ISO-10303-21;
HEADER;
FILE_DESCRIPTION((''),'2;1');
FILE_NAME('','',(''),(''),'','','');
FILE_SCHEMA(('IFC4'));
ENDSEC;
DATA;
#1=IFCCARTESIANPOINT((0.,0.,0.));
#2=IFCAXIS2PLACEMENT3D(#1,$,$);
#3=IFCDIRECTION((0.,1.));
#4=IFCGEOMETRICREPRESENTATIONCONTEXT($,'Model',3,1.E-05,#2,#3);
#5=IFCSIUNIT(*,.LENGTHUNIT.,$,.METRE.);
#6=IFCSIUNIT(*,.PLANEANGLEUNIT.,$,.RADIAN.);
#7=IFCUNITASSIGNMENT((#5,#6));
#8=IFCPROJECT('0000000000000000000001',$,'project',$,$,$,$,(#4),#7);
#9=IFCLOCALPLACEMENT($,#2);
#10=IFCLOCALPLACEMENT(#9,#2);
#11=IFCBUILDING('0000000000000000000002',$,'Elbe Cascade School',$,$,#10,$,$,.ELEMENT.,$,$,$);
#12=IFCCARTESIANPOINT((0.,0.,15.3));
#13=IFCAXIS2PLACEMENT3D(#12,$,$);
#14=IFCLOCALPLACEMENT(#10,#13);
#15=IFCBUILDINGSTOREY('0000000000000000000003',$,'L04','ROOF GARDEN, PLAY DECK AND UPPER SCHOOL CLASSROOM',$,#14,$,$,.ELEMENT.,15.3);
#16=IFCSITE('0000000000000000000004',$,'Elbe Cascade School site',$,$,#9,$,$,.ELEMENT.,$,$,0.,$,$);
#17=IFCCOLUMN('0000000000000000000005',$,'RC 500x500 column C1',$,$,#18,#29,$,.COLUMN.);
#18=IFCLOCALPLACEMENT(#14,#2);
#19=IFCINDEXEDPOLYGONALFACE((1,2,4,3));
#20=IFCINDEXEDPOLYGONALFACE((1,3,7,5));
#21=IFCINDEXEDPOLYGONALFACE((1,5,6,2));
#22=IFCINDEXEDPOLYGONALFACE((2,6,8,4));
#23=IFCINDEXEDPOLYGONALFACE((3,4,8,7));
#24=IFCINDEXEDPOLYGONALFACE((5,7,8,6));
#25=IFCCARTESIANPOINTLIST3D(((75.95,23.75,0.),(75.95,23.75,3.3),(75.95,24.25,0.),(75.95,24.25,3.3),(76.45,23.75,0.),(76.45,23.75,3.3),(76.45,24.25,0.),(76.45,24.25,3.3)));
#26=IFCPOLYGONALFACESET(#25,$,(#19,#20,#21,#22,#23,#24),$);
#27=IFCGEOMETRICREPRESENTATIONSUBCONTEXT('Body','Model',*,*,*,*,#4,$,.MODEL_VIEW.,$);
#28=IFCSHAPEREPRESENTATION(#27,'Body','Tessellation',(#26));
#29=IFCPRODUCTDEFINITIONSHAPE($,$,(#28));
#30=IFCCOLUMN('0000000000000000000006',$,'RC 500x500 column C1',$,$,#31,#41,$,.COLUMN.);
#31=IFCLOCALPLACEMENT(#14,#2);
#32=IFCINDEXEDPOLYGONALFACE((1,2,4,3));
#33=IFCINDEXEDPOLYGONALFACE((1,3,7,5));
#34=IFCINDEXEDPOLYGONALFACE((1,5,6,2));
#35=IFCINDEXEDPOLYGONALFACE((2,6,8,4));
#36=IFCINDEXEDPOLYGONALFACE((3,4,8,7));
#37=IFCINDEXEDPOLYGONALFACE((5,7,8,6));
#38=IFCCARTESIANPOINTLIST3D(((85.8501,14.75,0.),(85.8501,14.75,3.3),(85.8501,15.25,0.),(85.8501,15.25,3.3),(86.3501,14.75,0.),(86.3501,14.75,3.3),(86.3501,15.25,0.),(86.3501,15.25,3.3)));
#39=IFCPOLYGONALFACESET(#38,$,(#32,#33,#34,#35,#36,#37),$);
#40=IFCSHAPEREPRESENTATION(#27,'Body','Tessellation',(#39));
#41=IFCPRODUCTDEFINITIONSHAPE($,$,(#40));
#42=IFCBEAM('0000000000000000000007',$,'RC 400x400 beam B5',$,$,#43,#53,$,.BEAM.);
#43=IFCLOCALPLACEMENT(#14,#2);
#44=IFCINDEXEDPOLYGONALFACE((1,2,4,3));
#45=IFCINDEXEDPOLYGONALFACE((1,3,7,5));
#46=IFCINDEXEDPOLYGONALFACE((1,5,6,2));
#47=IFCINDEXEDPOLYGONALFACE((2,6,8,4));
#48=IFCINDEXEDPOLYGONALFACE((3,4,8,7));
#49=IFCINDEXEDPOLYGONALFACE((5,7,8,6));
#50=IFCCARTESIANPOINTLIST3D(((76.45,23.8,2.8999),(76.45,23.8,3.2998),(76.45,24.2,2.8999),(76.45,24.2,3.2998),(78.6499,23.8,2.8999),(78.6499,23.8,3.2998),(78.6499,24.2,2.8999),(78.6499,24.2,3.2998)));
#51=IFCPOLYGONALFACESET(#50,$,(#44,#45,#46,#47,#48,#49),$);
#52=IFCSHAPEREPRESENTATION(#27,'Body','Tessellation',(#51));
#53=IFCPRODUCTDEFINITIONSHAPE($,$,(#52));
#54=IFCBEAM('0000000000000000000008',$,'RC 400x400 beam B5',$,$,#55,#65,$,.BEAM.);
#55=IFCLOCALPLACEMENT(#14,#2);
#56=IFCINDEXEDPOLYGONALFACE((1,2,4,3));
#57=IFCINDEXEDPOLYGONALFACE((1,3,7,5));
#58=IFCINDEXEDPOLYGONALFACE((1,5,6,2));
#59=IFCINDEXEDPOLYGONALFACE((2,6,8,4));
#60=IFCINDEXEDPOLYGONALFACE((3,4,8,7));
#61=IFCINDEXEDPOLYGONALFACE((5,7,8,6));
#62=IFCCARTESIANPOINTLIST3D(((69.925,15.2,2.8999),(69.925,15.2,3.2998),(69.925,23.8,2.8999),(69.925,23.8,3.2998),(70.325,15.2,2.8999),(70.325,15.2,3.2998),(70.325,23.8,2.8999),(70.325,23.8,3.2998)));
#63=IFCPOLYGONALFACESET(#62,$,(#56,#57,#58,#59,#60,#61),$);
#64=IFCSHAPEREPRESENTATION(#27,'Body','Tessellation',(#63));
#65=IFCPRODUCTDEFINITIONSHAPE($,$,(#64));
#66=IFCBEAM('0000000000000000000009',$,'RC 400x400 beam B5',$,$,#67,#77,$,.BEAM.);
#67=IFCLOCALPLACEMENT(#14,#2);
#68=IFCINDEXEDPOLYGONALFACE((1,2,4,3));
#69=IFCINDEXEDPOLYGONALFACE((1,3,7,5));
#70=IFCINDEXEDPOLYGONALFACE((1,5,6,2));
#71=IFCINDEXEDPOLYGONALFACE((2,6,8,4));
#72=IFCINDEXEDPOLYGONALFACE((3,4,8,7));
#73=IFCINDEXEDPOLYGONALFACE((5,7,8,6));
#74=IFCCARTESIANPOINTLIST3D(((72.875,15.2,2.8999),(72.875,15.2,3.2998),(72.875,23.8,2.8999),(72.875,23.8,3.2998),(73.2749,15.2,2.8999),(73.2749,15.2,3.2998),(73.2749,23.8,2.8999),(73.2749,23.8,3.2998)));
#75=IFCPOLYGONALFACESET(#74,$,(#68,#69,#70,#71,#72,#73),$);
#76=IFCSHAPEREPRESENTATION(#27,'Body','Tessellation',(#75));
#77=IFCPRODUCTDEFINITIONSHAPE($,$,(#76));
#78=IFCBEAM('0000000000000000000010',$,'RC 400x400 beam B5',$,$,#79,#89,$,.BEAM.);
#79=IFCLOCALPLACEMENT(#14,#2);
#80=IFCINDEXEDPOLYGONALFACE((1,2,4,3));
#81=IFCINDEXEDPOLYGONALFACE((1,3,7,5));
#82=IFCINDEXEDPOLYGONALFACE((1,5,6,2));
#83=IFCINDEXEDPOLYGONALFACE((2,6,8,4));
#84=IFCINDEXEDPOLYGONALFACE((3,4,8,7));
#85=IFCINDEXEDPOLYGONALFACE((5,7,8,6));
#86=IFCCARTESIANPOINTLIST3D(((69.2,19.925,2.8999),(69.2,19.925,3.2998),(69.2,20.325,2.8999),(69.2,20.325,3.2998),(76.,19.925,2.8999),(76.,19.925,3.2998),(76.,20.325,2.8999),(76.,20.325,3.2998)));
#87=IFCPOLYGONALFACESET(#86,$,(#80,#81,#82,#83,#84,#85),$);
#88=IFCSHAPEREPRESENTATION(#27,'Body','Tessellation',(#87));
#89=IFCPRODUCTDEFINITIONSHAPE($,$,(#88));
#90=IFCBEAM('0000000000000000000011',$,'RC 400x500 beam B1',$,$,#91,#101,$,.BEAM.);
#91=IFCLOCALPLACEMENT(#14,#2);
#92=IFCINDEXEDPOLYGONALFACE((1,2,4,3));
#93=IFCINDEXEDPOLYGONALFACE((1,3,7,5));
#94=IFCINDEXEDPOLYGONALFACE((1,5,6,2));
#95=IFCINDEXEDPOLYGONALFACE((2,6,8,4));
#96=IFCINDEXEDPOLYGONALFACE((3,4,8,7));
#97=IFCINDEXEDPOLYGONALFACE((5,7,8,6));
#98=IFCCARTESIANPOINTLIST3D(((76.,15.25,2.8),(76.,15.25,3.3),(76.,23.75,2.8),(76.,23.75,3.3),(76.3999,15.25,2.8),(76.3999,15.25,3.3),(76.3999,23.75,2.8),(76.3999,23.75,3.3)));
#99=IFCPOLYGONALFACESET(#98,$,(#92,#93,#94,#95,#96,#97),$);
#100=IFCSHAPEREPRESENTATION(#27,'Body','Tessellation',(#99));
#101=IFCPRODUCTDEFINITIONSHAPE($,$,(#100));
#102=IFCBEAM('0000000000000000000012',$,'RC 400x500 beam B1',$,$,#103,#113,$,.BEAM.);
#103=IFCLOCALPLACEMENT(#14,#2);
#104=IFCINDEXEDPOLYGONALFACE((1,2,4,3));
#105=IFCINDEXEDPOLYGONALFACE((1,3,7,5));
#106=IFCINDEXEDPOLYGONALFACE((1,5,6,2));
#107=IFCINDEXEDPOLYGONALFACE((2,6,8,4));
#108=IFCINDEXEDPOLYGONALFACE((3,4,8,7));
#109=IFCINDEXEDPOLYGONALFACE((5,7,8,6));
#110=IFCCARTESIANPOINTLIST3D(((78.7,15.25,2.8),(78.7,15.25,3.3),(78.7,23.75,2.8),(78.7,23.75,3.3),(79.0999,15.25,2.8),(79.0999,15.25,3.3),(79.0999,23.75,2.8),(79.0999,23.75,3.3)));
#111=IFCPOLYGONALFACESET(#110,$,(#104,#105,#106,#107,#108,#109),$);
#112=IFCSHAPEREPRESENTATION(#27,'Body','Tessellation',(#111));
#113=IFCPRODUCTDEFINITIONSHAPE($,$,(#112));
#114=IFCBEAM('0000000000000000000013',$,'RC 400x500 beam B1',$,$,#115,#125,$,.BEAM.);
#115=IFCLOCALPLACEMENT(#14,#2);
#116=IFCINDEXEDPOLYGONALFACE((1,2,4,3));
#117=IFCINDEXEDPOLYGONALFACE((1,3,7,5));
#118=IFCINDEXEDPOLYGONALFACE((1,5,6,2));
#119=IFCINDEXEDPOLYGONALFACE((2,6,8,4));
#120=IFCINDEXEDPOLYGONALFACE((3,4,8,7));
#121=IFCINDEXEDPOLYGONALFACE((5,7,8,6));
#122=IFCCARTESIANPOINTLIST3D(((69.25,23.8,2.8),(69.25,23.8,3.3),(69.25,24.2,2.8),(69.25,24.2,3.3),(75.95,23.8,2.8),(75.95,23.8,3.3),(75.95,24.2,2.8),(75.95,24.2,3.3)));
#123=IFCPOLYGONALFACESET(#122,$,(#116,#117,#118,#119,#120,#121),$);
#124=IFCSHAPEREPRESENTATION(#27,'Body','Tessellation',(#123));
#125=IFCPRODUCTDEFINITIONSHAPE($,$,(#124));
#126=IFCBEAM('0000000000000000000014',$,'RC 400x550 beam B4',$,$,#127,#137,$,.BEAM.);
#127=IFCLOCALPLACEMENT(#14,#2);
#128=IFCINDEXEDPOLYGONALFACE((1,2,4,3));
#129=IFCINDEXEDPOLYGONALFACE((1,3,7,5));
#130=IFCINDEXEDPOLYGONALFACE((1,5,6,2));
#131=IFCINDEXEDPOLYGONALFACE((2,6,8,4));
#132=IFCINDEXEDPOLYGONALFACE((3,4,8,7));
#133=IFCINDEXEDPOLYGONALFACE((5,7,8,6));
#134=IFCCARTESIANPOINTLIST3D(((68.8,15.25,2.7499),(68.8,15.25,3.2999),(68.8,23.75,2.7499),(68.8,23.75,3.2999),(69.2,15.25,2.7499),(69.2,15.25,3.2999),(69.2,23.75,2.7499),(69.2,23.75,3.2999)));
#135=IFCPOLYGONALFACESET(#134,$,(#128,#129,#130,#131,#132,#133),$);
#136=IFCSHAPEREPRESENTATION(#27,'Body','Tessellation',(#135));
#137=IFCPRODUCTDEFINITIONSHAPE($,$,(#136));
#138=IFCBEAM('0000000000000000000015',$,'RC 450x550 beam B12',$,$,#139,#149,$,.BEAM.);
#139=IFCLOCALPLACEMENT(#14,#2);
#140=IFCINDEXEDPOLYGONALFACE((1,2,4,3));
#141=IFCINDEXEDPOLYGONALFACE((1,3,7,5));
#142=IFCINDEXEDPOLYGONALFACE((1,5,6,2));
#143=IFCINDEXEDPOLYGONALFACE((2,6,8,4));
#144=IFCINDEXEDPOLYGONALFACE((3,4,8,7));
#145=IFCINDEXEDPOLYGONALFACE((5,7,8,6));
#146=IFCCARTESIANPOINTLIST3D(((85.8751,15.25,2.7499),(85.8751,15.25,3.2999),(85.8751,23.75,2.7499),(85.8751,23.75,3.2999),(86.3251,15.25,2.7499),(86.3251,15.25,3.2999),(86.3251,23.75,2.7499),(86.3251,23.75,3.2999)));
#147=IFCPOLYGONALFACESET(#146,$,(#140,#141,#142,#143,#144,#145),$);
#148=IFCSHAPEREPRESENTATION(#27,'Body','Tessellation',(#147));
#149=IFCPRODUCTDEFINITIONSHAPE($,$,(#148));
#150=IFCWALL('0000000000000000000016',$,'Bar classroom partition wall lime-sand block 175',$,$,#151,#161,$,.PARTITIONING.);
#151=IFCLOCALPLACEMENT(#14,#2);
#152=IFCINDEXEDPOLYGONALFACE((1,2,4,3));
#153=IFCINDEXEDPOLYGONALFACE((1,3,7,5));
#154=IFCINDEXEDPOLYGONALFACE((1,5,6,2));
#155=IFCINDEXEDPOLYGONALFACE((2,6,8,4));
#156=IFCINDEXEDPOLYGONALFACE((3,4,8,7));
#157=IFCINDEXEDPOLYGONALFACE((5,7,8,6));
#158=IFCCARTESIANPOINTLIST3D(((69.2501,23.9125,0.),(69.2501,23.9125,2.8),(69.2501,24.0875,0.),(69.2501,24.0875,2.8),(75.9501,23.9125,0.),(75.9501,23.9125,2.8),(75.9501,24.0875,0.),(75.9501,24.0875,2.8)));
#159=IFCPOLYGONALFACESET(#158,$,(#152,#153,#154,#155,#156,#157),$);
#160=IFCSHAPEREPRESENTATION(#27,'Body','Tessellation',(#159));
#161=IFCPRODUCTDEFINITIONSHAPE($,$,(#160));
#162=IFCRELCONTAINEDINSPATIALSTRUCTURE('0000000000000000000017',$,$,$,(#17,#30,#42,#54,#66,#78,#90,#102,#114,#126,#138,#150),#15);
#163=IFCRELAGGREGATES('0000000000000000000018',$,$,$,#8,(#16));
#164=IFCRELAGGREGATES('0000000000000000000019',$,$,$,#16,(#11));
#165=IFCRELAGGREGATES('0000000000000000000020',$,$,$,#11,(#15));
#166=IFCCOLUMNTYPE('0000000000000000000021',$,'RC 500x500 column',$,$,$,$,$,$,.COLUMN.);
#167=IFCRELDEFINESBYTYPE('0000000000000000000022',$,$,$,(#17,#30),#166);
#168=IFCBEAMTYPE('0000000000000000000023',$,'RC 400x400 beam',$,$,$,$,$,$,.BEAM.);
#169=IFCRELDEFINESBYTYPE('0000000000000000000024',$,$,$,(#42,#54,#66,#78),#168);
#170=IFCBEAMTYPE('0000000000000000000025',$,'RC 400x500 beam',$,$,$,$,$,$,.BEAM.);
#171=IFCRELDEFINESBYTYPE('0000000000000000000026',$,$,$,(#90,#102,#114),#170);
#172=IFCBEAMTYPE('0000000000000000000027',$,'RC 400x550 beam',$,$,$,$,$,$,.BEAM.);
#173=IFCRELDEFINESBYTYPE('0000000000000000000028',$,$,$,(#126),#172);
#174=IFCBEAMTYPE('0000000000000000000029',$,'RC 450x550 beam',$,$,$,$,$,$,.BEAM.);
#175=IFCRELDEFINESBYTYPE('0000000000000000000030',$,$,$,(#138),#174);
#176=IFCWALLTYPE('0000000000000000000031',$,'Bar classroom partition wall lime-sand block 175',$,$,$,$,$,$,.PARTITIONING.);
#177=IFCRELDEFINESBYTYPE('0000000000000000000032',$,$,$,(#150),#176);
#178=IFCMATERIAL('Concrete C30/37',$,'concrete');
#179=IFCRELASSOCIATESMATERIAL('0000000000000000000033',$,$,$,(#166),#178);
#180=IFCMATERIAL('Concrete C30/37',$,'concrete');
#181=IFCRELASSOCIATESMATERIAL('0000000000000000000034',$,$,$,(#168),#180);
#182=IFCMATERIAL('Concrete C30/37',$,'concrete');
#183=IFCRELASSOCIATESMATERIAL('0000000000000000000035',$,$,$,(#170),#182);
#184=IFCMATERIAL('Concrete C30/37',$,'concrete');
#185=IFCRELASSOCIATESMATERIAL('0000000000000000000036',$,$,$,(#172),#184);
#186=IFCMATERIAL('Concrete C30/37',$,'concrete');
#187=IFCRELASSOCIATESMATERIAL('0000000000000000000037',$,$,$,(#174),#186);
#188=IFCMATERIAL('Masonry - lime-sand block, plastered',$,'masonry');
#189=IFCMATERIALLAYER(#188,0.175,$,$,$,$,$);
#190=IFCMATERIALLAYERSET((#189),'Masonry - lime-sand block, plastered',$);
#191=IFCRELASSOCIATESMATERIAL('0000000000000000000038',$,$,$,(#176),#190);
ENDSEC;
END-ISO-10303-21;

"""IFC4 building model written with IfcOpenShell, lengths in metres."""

from ifc_helpers import new_model, si_unit, direction, frame, frame_2d, origin, origin_2d, place, context, subcontext, project, spatial, rectangle, extrude, material, layer, layer_set, material_profile, profile_set, type_object, element, save


model = new_model("IFC4")

# Units and contexts
model_context = context("Model", 3, precision=1e-05, world=origin(), true_north=direction((0.0, 1.0)))
body_context = subcontext(model_context, "Body", "Model", "MODEL_VIEW")
ifc_project = project(units=[si_unit("LENGTHUNIT", "METRE"), si_unit("PLANEANGLEUNIT", "RADIAN")], contexts=[model_context])

# Site, building, storey
site_placement = place(None, origin())
site = spatial("IfcSite", under=ifc_project, at=site_placement, Name="Elbe Cascade School site", CompositionType="ELEMENT", RefElevation=0.0)
building_placement = place(site_placement, origin())
building = spatial("IfcBuilding", under=site, at=building_placement, Name="Elbe Cascade School", CompositionType="ELEMENT")
storey_placement = place(building_placement, frame((0.0, 0.0, 15.3)))
storey = spatial("IfcBuildingStorey", under=building, at=storey_placement, Name="L04", Description="ROOF GARDEN, PLAY DECK AND UPPER SCHOOL CLASSROOM", CompositionType="ELEMENT", Elevation=15.3)

# Columns
ifc_material_1 = material(Name="Concrete C30/37", Category="concrete")
ifc_material_profile_1 = material_profile(ifc_material_1, rectangle(XDim=0.5, YDim=0.5, at=origin_2d()), Name="RC 500x500")
ifc_profile_set_1 = profile_set([ifc_material_profile_1], Name="Concrete C30/37")
column_type = type_object("IfcColumnType", Name="RC 500x500 column", PredefinedType="COLUMN", material=ifc_profile_set_1)
for number, where, z_axis, x_axis, name in (
    (1, (76.2, 24.0, 0.0), (0.0, 0.0, 1.0), (1.0, 0.0, 0.0), "RC 500x500 column C1"),
    (2, (86.1001, 15.0, 0.0), (0.0, 0.0, 1.0), (1.0, 0.0, 0.0), "RC 500x500 column C1"),
):
    element("IfcColumn", number, at=place(storey_placement, frame(where, z_axis=z_axis, x_axis=x_axis)), inside=storey, type_object=column_type, Name=name, PredefinedType="COLUMN", context=body_context, shape_type="SweptSolid", body=[
        extrude(rectangle(XDim=0.5, YDim=0.5, at=origin_2d()), origin(), (0.0, 0.0, 1.0), 3.3),
    ])

# Beams
ifc_material_2 = material(Name="Concrete C30/37", Category="concrete")
ifc_material_profile_2 = material_profile(ifc_material_2, rectangle(XDim=0.3999, YDim=0.3999, at=origin_2d()), Name="RC 400x400")
ifc_profile_set_2 = profile_set([ifc_material_profile_2], Name="Concrete C30/37")
beam_type_1 = type_object("IfcBeamType", Name="RC 400x400 beam", PredefinedType="BEAM", material=ifc_profile_set_2)
beam_1_placement = place(storey_placement, frame((76.45, 24.0, 3.0999), z_axis=(1.0, 0.0, 0.0), x_axis=(0.0, 1.0, 0.0)))
element("IfcBeam", 3, at=beam_1_placement, inside=storey, type_object=beam_type_1, Name="RC 400x400 beam B5", PredefinedType="BEAM", context=body_context, shape_type="SweptSolid", body=[
    extrude(rectangle(XDim=0.3999, YDim=0.3999, at=origin_2d()), origin(), (0.0, 0.0, 1.0), 2.2),
])
for number, where, z_axis, x_axis, name in (
    (4, (70.125, 15.2, 3.0999), (0.0, 1.0, 0.0), (-1.0, 0.0, 0.0), "RC 400x400 beam B5"),
    (5, (73.075, 15.2, 3.0999), (0.0, 1.0, 0.0), (-1.0, 0.0, 0.0), "RC 400x400 beam B5"),
):
    element("IfcBeam", number, at=place(storey_placement, frame(where, z_axis=z_axis, x_axis=x_axis)), inside=storey, type_object=beam_type_1, Name=name, PredefinedType="BEAM", context=body_context, shape_type="SweptSolid", body=[
        extrude(rectangle(XDim=0.3999, YDim=0.3999, at=origin_2d()), origin(), (0.0, 0.0, 1.0), 8.6001),
    ])
beam_2_placement = place(storey_placement, frame((69.2, 20.125, 3.0999), z_axis=(1.0, 0.0, 0.0), x_axis=(0.0, 1.0, 0.0)))
element("IfcBeam", 6, at=beam_2_placement, inside=storey, type_object=beam_type_1, Name="RC 400x400 beam B5", PredefinedType="BEAM", context=body_context, shape_type="SweptSolid", body=[
    extrude(rectangle(XDim=0.3999, YDim=0.3999, at=origin_2d()), origin(), (0.0, 0.0, 1.0), 6.8),
])
ifc_material_3 = material(Name="Concrete C30/37", Category="concrete")
ifc_material_profile_3 = material_profile(ifc_material_3, rectangle(XDim=0.3999, YDim=0.5, at=origin_2d()), Name="RC 400x500")
ifc_profile_set_3 = profile_set([ifc_material_profile_3], Name="Concrete C30/37")
beam_type_2 = type_object("IfcBeamType", Name="RC 400x500 beam", PredefinedType="BEAM", material=ifc_profile_set_3)
for number, where, z_axis, x_axis, name in (
    (7, (76.2, 15.25, 3.05), (0.0, 1.0, 0.0), (-1.0, 0.0, 0.0), "RC 400x500 beam B1"),
    (8, (78.8999, 15.25, 3.05), (0.0, 1.0, 0.0), (-1.0, 0.0, 0.0), "RC 400x500 beam B1"),
):
    element("IfcBeam", number, at=place(storey_placement, frame(where, z_axis=z_axis, x_axis=x_axis)), inside=storey, type_object=beam_type_2, Name=name, PredefinedType="BEAM", context=body_context, shape_type="SweptSolid", body=[
        extrude(rectangle(XDim=0.3999, YDim=0.5, at=origin_2d()), origin(), (0.0, 0.0, 1.0), 8.5),
    ])
beam_3_placement = place(storey_placement, frame((69.25, 24.0, 3.05), z_axis=(1.0, 0.0, 0.0), x_axis=(0.0, 1.0, 0.0)))
element("IfcBeam", 9, at=beam_3_placement, inside=storey, type_object=beam_type_2, Name="RC 400x500 beam B1", PredefinedType="BEAM", context=body_context, shape_type="SweptSolid", body=[
    extrude(rectangle(XDim=0.3999, YDim=0.5, at=origin_2d()), origin(), (0.0, 0.0, 1.0), 6.7),
])
ifc_material_4 = material(Name="Concrete C30/37", Category="concrete")
ifc_material_profile_4 = material_profile(ifc_material_4, rectangle(XDim=0.3999, YDim=0.55, at=origin_2d()), Name="RC 400x550")
ifc_profile_set_4 = profile_set([ifc_material_profile_4], Name="Concrete C30/37")
beam_type_3 = type_object("IfcBeamType", Name="RC 400x550 beam", PredefinedType="BEAM", material=ifc_profile_set_4)
beam_4_placement = place(storey_placement, frame((69.0, 15.25, 3.0249), z_axis=(0.0, 1.0, 0.0), x_axis=(-1.0, 0.0, 0.0)))
element("IfcBeam", 10, at=beam_4_placement, inside=storey, type_object=beam_type_3, Name="RC 400x550 beam B4", PredefinedType="BEAM", context=body_context, shape_type="SweptSolid", body=[
    extrude(rectangle(XDim=0.3999, YDim=0.55, at=origin_2d()), origin(), (0.0, 0.0, 1.0), 8.5),
])
ifc_material_5 = material(Name="Concrete C30/37", Category="concrete")
ifc_material_profile_5 = material_profile(ifc_material_5, rectangle(XDim=0.45, YDim=0.55, at=origin_2d()), Name="RC 450x550")
ifc_profile_set_5 = profile_set([ifc_material_profile_5], Name="Concrete C30/37")
beam_type_4 = type_object("IfcBeamType", Name="RC 450x550 beam", PredefinedType="BEAM", material=ifc_profile_set_5)
beam_5_placement = place(storey_placement, frame((86.1001, 15.25, 3.0249), z_axis=(0.0, 1.0, 0.0), x_axis=(-1.0, 0.0, 0.0)))
element("IfcBeam", 11, at=beam_5_placement, inside=storey, type_object=beam_type_4, Name="RC 450x550 beam B12", PredefinedType="BEAM", context=body_context, shape_type="SweptSolid", body=[
    extrude(rectangle(XDim=0.45, YDim=0.55, at=origin_2d()), origin(), (0.0, 0.0, 1.0), 8.5),
])

# Wall
ifc_material_6 = material(Name="Masonry - lime-sand block, plastered", Category="masonry")
ifc_layer_1 = layer(ifc_material_6, 0.175)
ifc_layer_set_1 = layer_set([ifc_layer_1], Name="Masonry - lime-sand block, plastered")
wall_type_1 = type_object("IfcWallType", Name="Bar classroom partition wall lime-sand block 175", PredefinedType="PARTITIONING", material=ifc_layer_set_1)
wall_1_placement = place(storey_placement, frame((69.25, 24.0, 0.0), z_axis=(0.0, 0.0, 1.0), x_axis=(1.0, 0.0, 0.0)))
element("IfcWall", 12, at=wall_1_placement, inside=storey, type_object=wall_type_1, Name="Bar classroom partition wall lime-sand block 175", PredefinedType="PARTITIONING", context=body_context, shape_type="SweptSolid", body=[
    extrude(rectangle(XDim=6.7, YDim=0.175, at=frame_2d((3.3501, 0.0))), origin(), (0.0, 0.0, 1.0), 2.8),
])

save(model, "model.ifc")
